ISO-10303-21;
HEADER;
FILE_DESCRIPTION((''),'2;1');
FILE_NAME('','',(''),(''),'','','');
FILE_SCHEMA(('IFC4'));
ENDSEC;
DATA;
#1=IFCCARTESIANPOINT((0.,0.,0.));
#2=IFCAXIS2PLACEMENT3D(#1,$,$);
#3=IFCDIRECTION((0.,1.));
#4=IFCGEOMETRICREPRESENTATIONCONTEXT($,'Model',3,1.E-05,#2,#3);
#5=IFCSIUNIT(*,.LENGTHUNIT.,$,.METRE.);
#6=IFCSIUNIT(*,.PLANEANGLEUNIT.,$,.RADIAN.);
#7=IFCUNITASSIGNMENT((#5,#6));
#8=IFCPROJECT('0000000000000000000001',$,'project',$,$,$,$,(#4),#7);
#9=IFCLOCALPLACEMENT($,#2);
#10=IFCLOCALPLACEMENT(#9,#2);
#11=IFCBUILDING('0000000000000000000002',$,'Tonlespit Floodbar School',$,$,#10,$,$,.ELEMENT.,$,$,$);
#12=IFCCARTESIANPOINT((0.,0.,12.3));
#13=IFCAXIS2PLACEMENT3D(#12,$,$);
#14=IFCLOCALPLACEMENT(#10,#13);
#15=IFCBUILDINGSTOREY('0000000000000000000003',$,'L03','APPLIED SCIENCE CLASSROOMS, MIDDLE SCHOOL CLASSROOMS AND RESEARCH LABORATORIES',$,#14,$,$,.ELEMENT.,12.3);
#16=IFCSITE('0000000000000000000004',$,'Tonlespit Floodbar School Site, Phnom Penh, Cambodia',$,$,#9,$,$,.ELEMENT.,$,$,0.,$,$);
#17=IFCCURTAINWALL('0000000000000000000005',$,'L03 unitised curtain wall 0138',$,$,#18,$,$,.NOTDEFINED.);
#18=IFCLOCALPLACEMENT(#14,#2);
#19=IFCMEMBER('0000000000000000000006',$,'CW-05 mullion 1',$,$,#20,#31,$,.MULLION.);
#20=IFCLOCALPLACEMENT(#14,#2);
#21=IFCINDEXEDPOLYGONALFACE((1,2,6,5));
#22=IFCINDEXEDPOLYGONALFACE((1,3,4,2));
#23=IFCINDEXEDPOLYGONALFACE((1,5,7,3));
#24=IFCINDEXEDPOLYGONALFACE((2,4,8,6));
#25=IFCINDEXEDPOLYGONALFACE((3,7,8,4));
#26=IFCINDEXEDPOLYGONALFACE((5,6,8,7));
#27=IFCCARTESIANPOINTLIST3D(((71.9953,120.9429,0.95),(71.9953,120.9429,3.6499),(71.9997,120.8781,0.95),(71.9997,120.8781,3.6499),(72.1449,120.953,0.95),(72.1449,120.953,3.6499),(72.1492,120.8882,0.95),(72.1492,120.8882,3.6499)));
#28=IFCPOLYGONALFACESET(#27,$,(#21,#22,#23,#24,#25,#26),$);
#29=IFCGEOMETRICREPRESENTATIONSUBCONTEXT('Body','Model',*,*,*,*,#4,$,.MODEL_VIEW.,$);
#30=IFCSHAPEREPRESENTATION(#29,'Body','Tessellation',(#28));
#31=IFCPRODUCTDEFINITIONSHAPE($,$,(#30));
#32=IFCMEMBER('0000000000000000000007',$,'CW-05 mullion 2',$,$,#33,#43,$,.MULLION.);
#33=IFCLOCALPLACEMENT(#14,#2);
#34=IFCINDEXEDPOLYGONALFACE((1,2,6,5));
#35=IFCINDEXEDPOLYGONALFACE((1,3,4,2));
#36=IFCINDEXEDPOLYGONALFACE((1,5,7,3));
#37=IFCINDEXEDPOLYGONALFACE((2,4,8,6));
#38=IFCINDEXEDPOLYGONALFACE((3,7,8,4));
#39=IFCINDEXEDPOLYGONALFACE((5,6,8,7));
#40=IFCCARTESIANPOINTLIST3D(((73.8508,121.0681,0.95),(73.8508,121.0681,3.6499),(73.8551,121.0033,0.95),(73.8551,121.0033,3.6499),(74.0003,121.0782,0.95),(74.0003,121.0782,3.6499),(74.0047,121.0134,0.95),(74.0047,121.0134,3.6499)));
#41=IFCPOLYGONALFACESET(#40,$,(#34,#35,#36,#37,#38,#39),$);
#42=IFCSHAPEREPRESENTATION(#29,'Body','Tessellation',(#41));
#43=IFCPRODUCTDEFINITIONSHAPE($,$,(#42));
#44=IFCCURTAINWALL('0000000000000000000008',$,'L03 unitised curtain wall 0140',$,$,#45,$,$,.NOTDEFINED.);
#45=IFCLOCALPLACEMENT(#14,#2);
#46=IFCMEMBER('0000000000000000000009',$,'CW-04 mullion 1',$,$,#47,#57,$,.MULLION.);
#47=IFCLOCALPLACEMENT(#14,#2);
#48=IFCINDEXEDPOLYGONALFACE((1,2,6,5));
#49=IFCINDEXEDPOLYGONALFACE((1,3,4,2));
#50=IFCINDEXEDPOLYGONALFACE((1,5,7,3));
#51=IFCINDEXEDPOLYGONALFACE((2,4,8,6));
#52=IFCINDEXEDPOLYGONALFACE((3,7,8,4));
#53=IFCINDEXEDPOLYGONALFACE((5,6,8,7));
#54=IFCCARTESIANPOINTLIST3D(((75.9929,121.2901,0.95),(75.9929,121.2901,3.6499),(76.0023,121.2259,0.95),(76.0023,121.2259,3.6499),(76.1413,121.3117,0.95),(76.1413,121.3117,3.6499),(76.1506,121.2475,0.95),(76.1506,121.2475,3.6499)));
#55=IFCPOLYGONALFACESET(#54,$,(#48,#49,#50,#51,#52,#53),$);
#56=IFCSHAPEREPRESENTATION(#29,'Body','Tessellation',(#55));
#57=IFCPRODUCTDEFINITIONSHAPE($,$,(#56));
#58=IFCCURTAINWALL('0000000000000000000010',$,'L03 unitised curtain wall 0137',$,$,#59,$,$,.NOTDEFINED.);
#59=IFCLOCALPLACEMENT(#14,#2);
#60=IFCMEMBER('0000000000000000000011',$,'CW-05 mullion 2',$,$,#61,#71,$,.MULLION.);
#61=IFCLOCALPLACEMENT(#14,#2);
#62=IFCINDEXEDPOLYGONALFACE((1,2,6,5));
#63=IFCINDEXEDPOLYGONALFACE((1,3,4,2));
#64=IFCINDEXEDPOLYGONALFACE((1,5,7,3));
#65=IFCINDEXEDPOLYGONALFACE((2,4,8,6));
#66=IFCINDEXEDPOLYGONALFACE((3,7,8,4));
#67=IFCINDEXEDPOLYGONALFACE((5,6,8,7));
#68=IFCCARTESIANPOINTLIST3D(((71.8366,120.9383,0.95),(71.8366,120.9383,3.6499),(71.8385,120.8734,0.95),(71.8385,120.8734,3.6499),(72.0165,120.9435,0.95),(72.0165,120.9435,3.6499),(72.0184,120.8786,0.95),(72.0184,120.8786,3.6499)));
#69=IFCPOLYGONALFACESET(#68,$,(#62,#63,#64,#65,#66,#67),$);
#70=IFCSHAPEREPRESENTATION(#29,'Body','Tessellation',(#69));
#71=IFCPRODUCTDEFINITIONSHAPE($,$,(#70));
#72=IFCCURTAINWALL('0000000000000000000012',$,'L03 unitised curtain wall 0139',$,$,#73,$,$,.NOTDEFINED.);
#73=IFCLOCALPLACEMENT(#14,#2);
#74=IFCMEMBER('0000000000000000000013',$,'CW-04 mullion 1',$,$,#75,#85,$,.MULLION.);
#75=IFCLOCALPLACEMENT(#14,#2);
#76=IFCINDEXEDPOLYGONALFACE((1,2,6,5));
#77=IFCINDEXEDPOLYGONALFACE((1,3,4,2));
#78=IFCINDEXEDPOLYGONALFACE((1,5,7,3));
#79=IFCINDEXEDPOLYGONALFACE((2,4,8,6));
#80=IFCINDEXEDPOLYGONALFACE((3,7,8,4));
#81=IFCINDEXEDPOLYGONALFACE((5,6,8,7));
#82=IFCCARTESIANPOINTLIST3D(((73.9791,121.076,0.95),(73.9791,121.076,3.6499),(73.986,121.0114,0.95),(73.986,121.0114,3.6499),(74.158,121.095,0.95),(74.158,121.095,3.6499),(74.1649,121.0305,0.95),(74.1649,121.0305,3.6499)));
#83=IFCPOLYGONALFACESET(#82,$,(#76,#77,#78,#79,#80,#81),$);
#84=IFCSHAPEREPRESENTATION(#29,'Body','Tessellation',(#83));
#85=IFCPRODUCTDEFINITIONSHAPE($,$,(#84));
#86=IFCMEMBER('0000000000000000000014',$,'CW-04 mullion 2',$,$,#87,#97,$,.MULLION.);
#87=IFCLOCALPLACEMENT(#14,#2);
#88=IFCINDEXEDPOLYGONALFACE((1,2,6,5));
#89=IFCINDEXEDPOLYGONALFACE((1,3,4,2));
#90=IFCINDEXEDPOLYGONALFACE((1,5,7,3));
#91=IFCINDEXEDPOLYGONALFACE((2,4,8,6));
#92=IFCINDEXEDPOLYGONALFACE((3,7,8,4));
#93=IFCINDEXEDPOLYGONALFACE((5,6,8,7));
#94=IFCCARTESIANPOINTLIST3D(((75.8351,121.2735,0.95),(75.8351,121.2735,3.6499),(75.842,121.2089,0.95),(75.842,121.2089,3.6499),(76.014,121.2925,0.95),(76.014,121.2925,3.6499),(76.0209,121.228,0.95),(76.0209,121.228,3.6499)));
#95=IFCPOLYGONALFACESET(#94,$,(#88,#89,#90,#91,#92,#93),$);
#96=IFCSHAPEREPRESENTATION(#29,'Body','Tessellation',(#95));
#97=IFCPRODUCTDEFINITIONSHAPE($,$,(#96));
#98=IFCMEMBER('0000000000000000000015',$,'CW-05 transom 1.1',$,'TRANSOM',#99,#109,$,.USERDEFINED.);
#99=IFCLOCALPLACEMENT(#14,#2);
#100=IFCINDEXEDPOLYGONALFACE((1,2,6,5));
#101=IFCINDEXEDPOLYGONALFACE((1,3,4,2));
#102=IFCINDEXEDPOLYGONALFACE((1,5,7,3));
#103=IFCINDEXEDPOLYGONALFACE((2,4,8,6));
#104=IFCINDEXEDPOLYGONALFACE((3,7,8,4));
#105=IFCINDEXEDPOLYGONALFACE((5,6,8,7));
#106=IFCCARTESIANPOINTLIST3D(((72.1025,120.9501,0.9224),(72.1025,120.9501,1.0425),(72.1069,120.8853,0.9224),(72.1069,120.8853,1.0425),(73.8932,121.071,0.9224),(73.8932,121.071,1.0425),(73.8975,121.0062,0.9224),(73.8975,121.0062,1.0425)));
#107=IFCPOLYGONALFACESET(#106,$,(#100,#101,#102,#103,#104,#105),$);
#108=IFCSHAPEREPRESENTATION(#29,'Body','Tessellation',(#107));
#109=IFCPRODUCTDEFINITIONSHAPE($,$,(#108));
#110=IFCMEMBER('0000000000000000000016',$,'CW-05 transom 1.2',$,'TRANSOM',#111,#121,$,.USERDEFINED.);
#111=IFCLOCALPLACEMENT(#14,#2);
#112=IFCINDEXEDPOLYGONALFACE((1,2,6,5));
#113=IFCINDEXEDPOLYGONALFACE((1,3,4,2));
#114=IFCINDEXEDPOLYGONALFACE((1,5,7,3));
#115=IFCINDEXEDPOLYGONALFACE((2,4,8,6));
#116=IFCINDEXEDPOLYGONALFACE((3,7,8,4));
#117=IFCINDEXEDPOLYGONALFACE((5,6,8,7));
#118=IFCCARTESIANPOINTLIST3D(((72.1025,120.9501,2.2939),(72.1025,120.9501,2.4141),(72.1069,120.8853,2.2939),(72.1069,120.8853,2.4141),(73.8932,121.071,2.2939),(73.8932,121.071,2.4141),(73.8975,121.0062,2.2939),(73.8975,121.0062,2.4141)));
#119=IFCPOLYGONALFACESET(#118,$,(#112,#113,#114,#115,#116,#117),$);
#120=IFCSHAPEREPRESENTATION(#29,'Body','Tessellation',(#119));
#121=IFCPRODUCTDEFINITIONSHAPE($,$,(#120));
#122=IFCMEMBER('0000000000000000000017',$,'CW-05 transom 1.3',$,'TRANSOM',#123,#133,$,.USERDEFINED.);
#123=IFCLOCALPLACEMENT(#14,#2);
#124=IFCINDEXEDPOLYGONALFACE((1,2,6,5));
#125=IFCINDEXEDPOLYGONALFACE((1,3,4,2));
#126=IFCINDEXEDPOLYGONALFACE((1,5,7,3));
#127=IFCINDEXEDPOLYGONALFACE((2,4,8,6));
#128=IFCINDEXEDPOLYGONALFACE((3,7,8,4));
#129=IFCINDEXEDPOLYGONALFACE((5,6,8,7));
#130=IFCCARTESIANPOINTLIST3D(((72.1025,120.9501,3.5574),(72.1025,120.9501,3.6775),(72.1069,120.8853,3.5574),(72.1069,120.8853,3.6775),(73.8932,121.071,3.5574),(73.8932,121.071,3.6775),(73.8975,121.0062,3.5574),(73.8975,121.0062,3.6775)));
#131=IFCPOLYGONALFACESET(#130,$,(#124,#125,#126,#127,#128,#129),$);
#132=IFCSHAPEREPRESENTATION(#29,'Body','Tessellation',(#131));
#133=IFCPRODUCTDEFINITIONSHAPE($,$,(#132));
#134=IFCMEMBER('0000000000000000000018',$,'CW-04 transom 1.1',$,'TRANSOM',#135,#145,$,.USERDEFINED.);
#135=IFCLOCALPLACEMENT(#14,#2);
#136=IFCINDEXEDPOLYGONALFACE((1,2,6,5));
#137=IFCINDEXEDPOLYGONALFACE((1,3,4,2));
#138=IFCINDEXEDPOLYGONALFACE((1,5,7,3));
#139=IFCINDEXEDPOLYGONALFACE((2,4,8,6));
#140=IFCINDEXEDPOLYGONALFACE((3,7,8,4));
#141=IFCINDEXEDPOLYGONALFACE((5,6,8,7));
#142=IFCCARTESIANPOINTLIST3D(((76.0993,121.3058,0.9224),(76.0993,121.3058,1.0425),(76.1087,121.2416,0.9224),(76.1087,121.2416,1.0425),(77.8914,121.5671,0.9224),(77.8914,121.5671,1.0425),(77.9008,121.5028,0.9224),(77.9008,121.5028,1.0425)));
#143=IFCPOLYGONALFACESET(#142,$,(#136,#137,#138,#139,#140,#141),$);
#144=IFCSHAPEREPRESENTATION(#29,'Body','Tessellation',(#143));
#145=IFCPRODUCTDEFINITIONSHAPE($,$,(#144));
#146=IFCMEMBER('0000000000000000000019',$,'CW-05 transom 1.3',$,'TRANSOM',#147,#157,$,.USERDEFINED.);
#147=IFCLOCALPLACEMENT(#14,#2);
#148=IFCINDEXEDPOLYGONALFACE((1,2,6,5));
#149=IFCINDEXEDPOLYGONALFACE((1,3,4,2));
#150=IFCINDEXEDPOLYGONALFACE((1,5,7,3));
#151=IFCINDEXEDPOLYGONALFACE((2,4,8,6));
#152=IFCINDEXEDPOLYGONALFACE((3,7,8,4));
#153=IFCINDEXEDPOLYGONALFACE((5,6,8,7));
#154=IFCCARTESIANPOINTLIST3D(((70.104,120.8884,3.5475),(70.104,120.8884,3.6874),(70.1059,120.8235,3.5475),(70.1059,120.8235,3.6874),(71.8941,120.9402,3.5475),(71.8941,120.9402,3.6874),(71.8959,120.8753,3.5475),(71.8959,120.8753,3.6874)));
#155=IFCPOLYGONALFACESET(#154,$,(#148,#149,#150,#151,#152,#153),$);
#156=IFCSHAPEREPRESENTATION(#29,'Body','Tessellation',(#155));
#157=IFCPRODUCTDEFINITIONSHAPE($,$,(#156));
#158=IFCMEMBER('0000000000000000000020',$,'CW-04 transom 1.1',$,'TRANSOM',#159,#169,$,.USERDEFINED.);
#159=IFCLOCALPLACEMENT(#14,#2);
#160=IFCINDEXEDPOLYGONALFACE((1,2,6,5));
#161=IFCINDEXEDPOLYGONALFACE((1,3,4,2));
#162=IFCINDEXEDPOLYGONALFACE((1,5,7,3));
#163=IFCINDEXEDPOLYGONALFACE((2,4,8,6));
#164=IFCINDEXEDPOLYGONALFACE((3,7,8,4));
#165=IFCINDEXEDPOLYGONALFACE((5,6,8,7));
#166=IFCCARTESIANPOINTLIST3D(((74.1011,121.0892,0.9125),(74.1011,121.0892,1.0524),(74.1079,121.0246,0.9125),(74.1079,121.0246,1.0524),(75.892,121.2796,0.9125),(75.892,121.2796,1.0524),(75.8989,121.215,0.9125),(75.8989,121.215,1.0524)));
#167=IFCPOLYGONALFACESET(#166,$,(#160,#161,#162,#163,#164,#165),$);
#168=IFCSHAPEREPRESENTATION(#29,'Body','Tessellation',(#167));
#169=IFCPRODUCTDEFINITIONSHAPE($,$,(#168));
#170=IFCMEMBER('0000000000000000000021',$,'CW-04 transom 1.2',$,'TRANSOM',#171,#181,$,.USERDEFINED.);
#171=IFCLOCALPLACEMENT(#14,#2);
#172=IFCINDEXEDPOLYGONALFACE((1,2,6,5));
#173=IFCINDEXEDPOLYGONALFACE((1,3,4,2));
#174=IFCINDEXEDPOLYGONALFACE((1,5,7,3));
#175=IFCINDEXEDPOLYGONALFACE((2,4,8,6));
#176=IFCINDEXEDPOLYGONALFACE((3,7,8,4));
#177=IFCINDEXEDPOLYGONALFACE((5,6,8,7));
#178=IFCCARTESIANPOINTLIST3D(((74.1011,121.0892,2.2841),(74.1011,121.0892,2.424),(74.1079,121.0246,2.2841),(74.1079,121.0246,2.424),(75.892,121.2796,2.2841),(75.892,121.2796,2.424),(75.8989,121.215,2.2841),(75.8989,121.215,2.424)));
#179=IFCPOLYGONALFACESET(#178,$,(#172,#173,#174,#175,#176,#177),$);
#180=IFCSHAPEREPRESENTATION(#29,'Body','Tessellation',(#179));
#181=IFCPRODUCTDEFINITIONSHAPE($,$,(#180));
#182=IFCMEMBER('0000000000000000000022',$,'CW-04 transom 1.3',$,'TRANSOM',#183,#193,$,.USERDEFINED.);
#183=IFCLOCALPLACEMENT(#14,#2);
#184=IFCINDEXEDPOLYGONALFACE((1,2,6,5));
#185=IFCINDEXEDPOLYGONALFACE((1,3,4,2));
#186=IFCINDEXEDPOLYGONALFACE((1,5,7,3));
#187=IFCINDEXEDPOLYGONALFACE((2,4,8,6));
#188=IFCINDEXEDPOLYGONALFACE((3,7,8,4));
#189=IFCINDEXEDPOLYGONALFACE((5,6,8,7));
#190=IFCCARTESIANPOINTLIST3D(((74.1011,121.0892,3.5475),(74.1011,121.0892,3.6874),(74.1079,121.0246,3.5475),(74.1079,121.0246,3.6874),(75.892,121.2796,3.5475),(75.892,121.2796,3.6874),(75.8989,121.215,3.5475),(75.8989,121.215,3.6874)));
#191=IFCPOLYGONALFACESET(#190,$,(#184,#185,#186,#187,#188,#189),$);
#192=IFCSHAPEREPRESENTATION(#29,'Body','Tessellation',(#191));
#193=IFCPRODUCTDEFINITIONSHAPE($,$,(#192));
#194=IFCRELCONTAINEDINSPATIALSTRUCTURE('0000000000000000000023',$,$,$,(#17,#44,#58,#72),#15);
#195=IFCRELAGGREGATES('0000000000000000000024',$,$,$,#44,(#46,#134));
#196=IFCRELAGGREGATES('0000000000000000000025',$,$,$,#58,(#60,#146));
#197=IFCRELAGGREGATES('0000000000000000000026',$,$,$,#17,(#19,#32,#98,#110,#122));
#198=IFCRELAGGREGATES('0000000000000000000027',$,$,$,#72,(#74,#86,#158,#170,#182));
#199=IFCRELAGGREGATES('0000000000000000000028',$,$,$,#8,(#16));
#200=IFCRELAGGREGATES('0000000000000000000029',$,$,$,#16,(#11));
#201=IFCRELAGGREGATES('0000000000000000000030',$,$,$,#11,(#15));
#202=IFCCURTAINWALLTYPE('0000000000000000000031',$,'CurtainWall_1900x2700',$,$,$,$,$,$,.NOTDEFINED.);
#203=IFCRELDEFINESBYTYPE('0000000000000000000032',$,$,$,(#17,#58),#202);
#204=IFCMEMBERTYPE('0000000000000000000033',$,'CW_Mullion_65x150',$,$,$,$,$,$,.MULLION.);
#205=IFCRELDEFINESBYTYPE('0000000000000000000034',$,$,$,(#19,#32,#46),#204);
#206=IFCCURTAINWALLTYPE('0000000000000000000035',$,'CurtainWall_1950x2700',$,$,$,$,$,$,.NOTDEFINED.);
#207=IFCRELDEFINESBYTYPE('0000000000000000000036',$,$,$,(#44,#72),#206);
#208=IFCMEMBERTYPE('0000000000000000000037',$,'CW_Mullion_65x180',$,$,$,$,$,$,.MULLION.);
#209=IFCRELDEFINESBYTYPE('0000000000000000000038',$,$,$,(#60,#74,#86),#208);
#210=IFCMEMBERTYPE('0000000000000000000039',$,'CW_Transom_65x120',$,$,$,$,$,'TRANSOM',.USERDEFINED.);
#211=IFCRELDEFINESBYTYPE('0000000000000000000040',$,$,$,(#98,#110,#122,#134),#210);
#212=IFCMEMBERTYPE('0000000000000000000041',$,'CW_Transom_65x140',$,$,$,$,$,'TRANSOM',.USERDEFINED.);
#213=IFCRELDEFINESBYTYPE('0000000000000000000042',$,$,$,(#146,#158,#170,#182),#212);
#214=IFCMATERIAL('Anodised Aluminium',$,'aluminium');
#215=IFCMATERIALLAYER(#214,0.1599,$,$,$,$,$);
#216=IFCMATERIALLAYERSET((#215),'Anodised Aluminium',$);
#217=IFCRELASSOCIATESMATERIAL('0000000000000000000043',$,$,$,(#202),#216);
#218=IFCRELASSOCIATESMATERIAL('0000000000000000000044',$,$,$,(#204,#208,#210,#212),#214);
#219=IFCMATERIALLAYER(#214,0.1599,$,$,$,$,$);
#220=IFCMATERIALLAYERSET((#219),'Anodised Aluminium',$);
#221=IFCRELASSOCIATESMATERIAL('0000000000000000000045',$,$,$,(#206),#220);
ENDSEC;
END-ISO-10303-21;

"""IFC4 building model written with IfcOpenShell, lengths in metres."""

from ifc_helpers import new_model, si_unit, direction, frame, origin, origin_2d, place, context, subcontext, project, spatial, rectangle, extrude, material, layer, layer_set, material_profile, profile_set, type_object, element, aggregate, save


model = new_model("IFC4")

# Units and contexts
model_context = context("Model", 3, precision=1e-05, world=origin(), true_north=direction((0.0, 1.0)))
body_context = subcontext(model_context, "Body", "Model", "MODEL_VIEW")
ifc_project = project(units=[si_unit("LENGTHUNIT", "METRE"), si_unit("PLANEANGLEUNIT", "RADIAN")], contexts=[model_context])

# Site, building, storey
site_placement = place(None, origin())
site = spatial("IfcSite", under=ifc_project, at=site_placement, Name="Tonlespit Floodbar School Site, Phnom Penh, Cambodia", CompositionType="ELEMENT", RefElevation=0.0)
building_placement = place(site_placement, origin())
building = spatial("IfcBuilding", under=site, at=building_placement, Name="Tonlespit Floodbar School", CompositionType="ELEMENT")
storey_placement = place(building_placement, frame((0.0, 0.0, 12.3)))
storey = spatial("IfcBuildingStorey", under=building, at=storey_placement, Name="L03", Description="APPLIED SCIENCE CLASSROOMS, MIDDLE SCHOOL CLASSROOMS AND RESEARCH LABORATORIES", CompositionType="ELEMENT", Elevation=12.3)

# Curtain wall, members
ifc_material_1 = material(Name="Anodised Aluminium", Category="aluminium")
ifc_layer_1 = layer(ifc_material_1, 0.1599)
ifc_layer_set_1 = layer_set([ifc_layer_1], Name="Anodised Aluminium")
curtain_wall_type_1 = type_object("IfcCurtainWallType", Name="CurtainWall_1900x2700", PredefinedType="NOTDEFINED", material=ifc_layer_set_1)
curtain_wall_1_placement = place(storey_placement, origin())
curtain_wall_1 = element("IfcCurtainWall", 1, at=curtain_wall_1_placement, inside=storey, type_object=curtain_wall_type_1, Name="L03 unitised curtain wall 0138", PredefinedType="NOTDEFINED")
ifc_material_profile_1 = material_profile(ifc_material_1, rectangle(XDim=0.0649, YDim=0.1499, at=origin_2d()), Name="ALU M65x150")
ifc_profile_set_1 = profile_set([ifc_material_profile_1], Name="Anodised Aluminium")
member_type_1 = type_object("IfcMemberType", Name="CW_Mullion_65x150", PredefinedType="MULLION", material=ifc_profile_set_1)
member_1_placement = place(storey_placement, frame((72.0723, 120.9155, 0.95), z_axis=(0.0, 0.0, 1.0), x_axis=(-0.06734, 0.99773, 0.0)))
member_1 = element("IfcMember", 2, at=member_1_placement, type_object=member_type_1, Name="CW-05 mullion 1", PredefinedType="MULLION", context=body_context, shape_type="SweptSolid", body=[
    extrude(rectangle(XDim=0.0649, YDim=0.1499, at=origin_2d()), origin(), (0.0, 0.0, 1.0), 2.7),
])
member_2_placement = place(storey_placement, frame((73.9277, 121.0408, 0.95), z_axis=(0.0, 0.0, 1.0), x_axis=(-0.06734, 0.99773, 0.0)))
member_2 = element("IfcMember", 3, at=member_2_placement, type_object=member_type_1, Name="CW-05 mullion 2", PredefinedType="MULLION", context=body_context, shape_type="SweptSolid", body=[
    extrude(rectangle(XDim=0.0649, YDim=0.1499, at=origin_2d()), origin(), (0.0, 0.0, 1.0), 2.7),
])

# Curtain walls, members
ifc_layer_2 = layer(ifc_material_1, 0.1599)
ifc_layer_set_2 = layer_set([ifc_layer_2], Name="Anodised Aluminium")
curtain_wall_type_2 = type_object("IfcCurtainWallType", Name="CurtainWall_1950x2700", PredefinedType="NOTDEFINED", material=ifc_layer_set_2)
curtain_wall_2_placement = place(storey_placement, origin())
curtain_wall_2 = element("IfcCurtainWall", 4, at=curtain_wall_2_placement, inside=storey, type_object=curtain_wall_type_2, Name="L03 unitised curtain wall 0140", PredefinedType="NOTDEFINED")
member_3_placement = place(storey_placement, frame((76.0718, 121.2688, 0.95), z_axis=(0.0, 0.0, 1.0), x_axis=(-0.144248, 0.989542, 0.0)))
member_3 = element("IfcMember", 5, at=member_3_placement, type_object=member_type_1, Name="CW-04 mullion 1", PredefinedType="MULLION", context=body_context, shape_type="SweptSolid", body=[
    extrude(rectangle(XDim=0.0649, YDim=0.1499, at=origin_2d()), origin(), (0.0, 0.0, 1.0), 2.7),
])
curtain_wall_3_placement = place(storey_placement, origin())
curtain_wall_3 = element("IfcCurtainWall", 6, at=curtain_wall_3_placement, inside=storey, type_object=curtain_wall_type_1, Name="L03 unitised curtain wall 0137", PredefinedType="NOTDEFINED")
ifc_material_profile_2 = material_profile(ifc_material_1, rectangle(XDim=0.0649, YDim=0.1799, at=origin_2d()), Name="ALU M65x180")
ifc_profile_set_2 = profile_set([ifc_material_profile_2], Name="Anodised Aluminium")
member_type_2 = type_object("IfcMemberType", Name="CW_Mullion_65x180", PredefinedType="MULLION", material=ifc_profile_set_2)
member_4_placement = place(storey_placement, frame((71.9275, 120.9084, 0.95), z_axis=(0.0, 0.0, 1.0), x_axis=(-0.02879, 0.999585, 0.0)))
member_4 = element("IfcMember", 7, at=member_4_placement, type_object=member_type_2, Name="CW-05 mullion 2", PredefinedType="MULLION", context=body_context, shape_type="SweptSolid", body=[
    extrude(rectangle(XDim=0.0649, YDim=0.1799, at=origin_2d()), origin(), (0.0, 0.0, 1.0), 2.7),
])

# Curtain wall, members
curtain_wall_4_placement = place(storey_placement, origin())
curtain_wall_4 = element("IfcCurtainWall", 8, at=curtain_wall_4_placement, inside=storey, type_object=curtain_wall_type_2, Name="L03 unitised curtain wall 0139", PredefinedType="NOTDEFINED")
member_5_placement = place(storey_placement, frame((74.072, 121.0532, 0.95), z_axis=(0.0, 0.0, 1.0), x_axis=(-0.105787, 0.994389, 0.0)))
member_5 = element("IfcMember", 9, at=member_5_placement, type_object=member_type_2, Name="CW-04 mullion 1", PredefinedType="MULLION", context=body_context, shape_type="SweptSolid", body=[
    extrude(rectangle(XDim=0.0649, YDim=0.1799, at=origin_2d()), origin(), (0.0, 0.0, 1.0), 2.7),
])
member_6_placement = place(storey_placement, frame((75.928, 121.2507, 0.95), z_axis=(0.0, 0.0, 1.0), x_axis=(-0.105787, 0.994389, 0.0)))
member_6 = element("IfcMember", 10, at=member_6_placement, type_object=member_type_2, Name="CW-04 mullion 2", PredefinedType="MULLION", context=body_context, shape_type="SweptSolid", body=[
    extrude(rectangle(XDim=0.0649, YDim=0.1799, at=origin_2d()), origin(), (0.0, 0.0, 1.0), 2.7),
])

# Members
ifc_material_profile_3 = material_profile(ifc_material_1, rectangle(XDim=0.0649, YDim=0.1201, at=origin_2d()), Name="ALU T65x120")
ifc_profile_set_3 = profile_set([ifc_material_profile_3], Name="Anodised Aluminium")
member_type_3 = type_object("IfcMemberType", Name="CW_Transom_65x120", ElementType="TRANSOM", PredefinedType="USERDEFINED", material=ifc_profile_set_3)
member_7_placement = place(storey_placement, frame((72.1047, 120.9177, 0.9824), z_axis=(0.99773, 0.067341, 0.0), x_axis=(-0.067341, 0.99773, 0.0)))
member_7 = element("IfcMember", 11, at=member_7_placement, type_object=member_type_3, Name="CW-05 transom 1.1", ObjectType="TRANSOM", PredefinedType="USERDEFINED", context=body_context, shape_type="SweptSolid", body=[
    extrude(rectangle(XDim=0.0649, YDim=0.1201, at=origin_2d()), origin(), (0.0, 0.0, 1.0), 1.7947),
])
member_8_placement = place(storey_placement, frame((72.1047, 120.9177, 2.354), z_axis=(0.99773, 0.067341, 0.0), x_axis=(-0.067341, 0.99773, 0.0)))
member_8 = element("IfcMember", 12, at=member_8_placement, type_object=member_type_3, Name="CW-05 transom 1.2", ObjectType="TRANSOM", PredefinedType="USERDEFINED", context=body_context, shape_type="SweptSolid", body=[
    extrude(rectangle(XDim=0.0649, YDim=0.1201, at=origin_2d()), origin(), (0.0, 0.0, 1.0), 1.7947),
])
member_9_placement = place(storey_placement, frame((72.1047, 120.9177, 3.6174), z_axis=(0.99773, 0.067341, 0.0), x_axis=(-0.067341, 0.99773, 0.0)))
member_9 = element("IfcMember", 13, at=member_9_placement, type_object=member_type_3, Name="CW-05 transom 1.3", ObjectType="TRANSOM", PredefinedType="USERDEFINED", context=body_context, shape_type="SweptSolid", body=[
    extrude(rectangle(XDim=0.0649, YDim=0.1201, at=origin_2d()), origin(), (0.0, 0.0, 1.0), 1.7947),
])
member_10_placement = place(storey_placement, frame((76.104, 121.2737, 0.9824), z_axis=(0.989541, 0.144252, 0.0), x_axis=(-0.144252, 0.989541, 0.0)))
member_10 = element("IfcMember", 14, at=member_10_placement, type_object=member_type_3, Name="CW-04 transom 1.1", ObjectType="TRANSOM", PredefinedType="USERDEFINED", context=body_context, shape_type="SweptSolid", body=[
    extrude(rectangle(XDim=0.0649, YDim=0.1201, at=origin_2d()), origin(), (0.0, 0.0, 1.0), 1.811),
])
aggregate(curtain_wall_2, [member_3, member_10])
ifc_material_profile_4 = material_profile(ifc_material_1, rectangle(XDim=0.0649, YDim=0.1399, at=origin_2d()), Name="ALU T65x140")
ifc_profile_set_4 = profile_set([ifc_material_profile_4], Name="Anodised Aluminium")
member_type_4 = type_object("IfcMemberType", Name="CW_Transom_65x140", ElementType="TRANSOM", PredefinedType="USERDEFINED", material=ifc_profile_set_4)
member_11_placement = place(storey_placement, frame((70.105, 120.856, 3.6174), z_axis=(0.999582, 0.028902, 0.0), x_axis=(-0.028902, 0.999582, 0.0)))
member_11 = element("IfcMember", 15, at=member_11_placement, type_object=member_type_4, Name="CW-05 transom 1.3", ObjectType="TRANSOM", PredefinedType="USERDEFINED", context=body_context, shape_type="SweptSolid", body=[
    extrude(rectangle(XDim=0.0649, YDim=0.1399, at=origin_2d()), origin(), (0.0, 0.0, 1.0), 1.7908),
])
member_12_placement = place(storey_placement, frame((74.1045, 121.0569, 0.9824), z_axis=(0.994395, 0.105729, 0.0), x_axis=(-0.105729, 0.994395, 0.0)))
member_12 = element("IfcMember", 16, at=member_12_placement, type_object=member_type_4, Name="CW-04 transom 1.1", ObjectType="TRANSOM", PredefinedType="USERDEFINED", context=body_context, shape_type="SweptSolid", body=[
    extrude(rectangle(XDim=0.0649, YDim=0.1399, at=origin_2d()), origin(), (0.0, 0.0, 1.0), 1.801),
])
member_13_placement = place(storey_placement, frame((74.1045, 121.0569, 2.354), z_axis=(0.994395, 0.105729, 0.0), x_axis=(-0.105729, 0.994395, 0.0)))
member_13 = element("IfcMember", 17, at=member_13_placement, type_object=member_type_4, Name="CW-04 transom 1.2", ObjectType="TRANSOM", PredefinedType="USERDEFINED", context=body_context, shape_type="SweptSolid", body=[
    extrude(rectangle(XDim=0.0649, YDim=0.1399, at=origin_2d()), origin(), (0.0, 0.0, 1.0), 1.801),
])
member_14_placement = place(storey_placement, frame((74.1045, 121.0569, 3.6174), z_axis=(0.994395, 0.105729, 0.0), x_axis=(-0.105729, 0.994395, 0.0)))
member_14 = element("IfcMember", 18, at=member_14_placement, type_object=member_type_4, Name="CW-04 transom 1.3", ObjectType="TRANSOM", PredefinedType="USERDEFINED", context=body_context, shape_type="SweptSolid", body=[
    extrude(rectangle(XDim=0.0649, YDim=0.1399, at=origin_2d()), origin(), (0.0, 0.0, 1.0), 1.801),
])

aggregate(curtain_wall_3, [member_4, member_11])
aggregate(curtain_wall_1, [member_1, member_2, member_7, member_8, member_9])
aggregate(curtain_wall_4, [member_5, member_6, member_12, member_13, member_14])

save(model, "model.ifc")
